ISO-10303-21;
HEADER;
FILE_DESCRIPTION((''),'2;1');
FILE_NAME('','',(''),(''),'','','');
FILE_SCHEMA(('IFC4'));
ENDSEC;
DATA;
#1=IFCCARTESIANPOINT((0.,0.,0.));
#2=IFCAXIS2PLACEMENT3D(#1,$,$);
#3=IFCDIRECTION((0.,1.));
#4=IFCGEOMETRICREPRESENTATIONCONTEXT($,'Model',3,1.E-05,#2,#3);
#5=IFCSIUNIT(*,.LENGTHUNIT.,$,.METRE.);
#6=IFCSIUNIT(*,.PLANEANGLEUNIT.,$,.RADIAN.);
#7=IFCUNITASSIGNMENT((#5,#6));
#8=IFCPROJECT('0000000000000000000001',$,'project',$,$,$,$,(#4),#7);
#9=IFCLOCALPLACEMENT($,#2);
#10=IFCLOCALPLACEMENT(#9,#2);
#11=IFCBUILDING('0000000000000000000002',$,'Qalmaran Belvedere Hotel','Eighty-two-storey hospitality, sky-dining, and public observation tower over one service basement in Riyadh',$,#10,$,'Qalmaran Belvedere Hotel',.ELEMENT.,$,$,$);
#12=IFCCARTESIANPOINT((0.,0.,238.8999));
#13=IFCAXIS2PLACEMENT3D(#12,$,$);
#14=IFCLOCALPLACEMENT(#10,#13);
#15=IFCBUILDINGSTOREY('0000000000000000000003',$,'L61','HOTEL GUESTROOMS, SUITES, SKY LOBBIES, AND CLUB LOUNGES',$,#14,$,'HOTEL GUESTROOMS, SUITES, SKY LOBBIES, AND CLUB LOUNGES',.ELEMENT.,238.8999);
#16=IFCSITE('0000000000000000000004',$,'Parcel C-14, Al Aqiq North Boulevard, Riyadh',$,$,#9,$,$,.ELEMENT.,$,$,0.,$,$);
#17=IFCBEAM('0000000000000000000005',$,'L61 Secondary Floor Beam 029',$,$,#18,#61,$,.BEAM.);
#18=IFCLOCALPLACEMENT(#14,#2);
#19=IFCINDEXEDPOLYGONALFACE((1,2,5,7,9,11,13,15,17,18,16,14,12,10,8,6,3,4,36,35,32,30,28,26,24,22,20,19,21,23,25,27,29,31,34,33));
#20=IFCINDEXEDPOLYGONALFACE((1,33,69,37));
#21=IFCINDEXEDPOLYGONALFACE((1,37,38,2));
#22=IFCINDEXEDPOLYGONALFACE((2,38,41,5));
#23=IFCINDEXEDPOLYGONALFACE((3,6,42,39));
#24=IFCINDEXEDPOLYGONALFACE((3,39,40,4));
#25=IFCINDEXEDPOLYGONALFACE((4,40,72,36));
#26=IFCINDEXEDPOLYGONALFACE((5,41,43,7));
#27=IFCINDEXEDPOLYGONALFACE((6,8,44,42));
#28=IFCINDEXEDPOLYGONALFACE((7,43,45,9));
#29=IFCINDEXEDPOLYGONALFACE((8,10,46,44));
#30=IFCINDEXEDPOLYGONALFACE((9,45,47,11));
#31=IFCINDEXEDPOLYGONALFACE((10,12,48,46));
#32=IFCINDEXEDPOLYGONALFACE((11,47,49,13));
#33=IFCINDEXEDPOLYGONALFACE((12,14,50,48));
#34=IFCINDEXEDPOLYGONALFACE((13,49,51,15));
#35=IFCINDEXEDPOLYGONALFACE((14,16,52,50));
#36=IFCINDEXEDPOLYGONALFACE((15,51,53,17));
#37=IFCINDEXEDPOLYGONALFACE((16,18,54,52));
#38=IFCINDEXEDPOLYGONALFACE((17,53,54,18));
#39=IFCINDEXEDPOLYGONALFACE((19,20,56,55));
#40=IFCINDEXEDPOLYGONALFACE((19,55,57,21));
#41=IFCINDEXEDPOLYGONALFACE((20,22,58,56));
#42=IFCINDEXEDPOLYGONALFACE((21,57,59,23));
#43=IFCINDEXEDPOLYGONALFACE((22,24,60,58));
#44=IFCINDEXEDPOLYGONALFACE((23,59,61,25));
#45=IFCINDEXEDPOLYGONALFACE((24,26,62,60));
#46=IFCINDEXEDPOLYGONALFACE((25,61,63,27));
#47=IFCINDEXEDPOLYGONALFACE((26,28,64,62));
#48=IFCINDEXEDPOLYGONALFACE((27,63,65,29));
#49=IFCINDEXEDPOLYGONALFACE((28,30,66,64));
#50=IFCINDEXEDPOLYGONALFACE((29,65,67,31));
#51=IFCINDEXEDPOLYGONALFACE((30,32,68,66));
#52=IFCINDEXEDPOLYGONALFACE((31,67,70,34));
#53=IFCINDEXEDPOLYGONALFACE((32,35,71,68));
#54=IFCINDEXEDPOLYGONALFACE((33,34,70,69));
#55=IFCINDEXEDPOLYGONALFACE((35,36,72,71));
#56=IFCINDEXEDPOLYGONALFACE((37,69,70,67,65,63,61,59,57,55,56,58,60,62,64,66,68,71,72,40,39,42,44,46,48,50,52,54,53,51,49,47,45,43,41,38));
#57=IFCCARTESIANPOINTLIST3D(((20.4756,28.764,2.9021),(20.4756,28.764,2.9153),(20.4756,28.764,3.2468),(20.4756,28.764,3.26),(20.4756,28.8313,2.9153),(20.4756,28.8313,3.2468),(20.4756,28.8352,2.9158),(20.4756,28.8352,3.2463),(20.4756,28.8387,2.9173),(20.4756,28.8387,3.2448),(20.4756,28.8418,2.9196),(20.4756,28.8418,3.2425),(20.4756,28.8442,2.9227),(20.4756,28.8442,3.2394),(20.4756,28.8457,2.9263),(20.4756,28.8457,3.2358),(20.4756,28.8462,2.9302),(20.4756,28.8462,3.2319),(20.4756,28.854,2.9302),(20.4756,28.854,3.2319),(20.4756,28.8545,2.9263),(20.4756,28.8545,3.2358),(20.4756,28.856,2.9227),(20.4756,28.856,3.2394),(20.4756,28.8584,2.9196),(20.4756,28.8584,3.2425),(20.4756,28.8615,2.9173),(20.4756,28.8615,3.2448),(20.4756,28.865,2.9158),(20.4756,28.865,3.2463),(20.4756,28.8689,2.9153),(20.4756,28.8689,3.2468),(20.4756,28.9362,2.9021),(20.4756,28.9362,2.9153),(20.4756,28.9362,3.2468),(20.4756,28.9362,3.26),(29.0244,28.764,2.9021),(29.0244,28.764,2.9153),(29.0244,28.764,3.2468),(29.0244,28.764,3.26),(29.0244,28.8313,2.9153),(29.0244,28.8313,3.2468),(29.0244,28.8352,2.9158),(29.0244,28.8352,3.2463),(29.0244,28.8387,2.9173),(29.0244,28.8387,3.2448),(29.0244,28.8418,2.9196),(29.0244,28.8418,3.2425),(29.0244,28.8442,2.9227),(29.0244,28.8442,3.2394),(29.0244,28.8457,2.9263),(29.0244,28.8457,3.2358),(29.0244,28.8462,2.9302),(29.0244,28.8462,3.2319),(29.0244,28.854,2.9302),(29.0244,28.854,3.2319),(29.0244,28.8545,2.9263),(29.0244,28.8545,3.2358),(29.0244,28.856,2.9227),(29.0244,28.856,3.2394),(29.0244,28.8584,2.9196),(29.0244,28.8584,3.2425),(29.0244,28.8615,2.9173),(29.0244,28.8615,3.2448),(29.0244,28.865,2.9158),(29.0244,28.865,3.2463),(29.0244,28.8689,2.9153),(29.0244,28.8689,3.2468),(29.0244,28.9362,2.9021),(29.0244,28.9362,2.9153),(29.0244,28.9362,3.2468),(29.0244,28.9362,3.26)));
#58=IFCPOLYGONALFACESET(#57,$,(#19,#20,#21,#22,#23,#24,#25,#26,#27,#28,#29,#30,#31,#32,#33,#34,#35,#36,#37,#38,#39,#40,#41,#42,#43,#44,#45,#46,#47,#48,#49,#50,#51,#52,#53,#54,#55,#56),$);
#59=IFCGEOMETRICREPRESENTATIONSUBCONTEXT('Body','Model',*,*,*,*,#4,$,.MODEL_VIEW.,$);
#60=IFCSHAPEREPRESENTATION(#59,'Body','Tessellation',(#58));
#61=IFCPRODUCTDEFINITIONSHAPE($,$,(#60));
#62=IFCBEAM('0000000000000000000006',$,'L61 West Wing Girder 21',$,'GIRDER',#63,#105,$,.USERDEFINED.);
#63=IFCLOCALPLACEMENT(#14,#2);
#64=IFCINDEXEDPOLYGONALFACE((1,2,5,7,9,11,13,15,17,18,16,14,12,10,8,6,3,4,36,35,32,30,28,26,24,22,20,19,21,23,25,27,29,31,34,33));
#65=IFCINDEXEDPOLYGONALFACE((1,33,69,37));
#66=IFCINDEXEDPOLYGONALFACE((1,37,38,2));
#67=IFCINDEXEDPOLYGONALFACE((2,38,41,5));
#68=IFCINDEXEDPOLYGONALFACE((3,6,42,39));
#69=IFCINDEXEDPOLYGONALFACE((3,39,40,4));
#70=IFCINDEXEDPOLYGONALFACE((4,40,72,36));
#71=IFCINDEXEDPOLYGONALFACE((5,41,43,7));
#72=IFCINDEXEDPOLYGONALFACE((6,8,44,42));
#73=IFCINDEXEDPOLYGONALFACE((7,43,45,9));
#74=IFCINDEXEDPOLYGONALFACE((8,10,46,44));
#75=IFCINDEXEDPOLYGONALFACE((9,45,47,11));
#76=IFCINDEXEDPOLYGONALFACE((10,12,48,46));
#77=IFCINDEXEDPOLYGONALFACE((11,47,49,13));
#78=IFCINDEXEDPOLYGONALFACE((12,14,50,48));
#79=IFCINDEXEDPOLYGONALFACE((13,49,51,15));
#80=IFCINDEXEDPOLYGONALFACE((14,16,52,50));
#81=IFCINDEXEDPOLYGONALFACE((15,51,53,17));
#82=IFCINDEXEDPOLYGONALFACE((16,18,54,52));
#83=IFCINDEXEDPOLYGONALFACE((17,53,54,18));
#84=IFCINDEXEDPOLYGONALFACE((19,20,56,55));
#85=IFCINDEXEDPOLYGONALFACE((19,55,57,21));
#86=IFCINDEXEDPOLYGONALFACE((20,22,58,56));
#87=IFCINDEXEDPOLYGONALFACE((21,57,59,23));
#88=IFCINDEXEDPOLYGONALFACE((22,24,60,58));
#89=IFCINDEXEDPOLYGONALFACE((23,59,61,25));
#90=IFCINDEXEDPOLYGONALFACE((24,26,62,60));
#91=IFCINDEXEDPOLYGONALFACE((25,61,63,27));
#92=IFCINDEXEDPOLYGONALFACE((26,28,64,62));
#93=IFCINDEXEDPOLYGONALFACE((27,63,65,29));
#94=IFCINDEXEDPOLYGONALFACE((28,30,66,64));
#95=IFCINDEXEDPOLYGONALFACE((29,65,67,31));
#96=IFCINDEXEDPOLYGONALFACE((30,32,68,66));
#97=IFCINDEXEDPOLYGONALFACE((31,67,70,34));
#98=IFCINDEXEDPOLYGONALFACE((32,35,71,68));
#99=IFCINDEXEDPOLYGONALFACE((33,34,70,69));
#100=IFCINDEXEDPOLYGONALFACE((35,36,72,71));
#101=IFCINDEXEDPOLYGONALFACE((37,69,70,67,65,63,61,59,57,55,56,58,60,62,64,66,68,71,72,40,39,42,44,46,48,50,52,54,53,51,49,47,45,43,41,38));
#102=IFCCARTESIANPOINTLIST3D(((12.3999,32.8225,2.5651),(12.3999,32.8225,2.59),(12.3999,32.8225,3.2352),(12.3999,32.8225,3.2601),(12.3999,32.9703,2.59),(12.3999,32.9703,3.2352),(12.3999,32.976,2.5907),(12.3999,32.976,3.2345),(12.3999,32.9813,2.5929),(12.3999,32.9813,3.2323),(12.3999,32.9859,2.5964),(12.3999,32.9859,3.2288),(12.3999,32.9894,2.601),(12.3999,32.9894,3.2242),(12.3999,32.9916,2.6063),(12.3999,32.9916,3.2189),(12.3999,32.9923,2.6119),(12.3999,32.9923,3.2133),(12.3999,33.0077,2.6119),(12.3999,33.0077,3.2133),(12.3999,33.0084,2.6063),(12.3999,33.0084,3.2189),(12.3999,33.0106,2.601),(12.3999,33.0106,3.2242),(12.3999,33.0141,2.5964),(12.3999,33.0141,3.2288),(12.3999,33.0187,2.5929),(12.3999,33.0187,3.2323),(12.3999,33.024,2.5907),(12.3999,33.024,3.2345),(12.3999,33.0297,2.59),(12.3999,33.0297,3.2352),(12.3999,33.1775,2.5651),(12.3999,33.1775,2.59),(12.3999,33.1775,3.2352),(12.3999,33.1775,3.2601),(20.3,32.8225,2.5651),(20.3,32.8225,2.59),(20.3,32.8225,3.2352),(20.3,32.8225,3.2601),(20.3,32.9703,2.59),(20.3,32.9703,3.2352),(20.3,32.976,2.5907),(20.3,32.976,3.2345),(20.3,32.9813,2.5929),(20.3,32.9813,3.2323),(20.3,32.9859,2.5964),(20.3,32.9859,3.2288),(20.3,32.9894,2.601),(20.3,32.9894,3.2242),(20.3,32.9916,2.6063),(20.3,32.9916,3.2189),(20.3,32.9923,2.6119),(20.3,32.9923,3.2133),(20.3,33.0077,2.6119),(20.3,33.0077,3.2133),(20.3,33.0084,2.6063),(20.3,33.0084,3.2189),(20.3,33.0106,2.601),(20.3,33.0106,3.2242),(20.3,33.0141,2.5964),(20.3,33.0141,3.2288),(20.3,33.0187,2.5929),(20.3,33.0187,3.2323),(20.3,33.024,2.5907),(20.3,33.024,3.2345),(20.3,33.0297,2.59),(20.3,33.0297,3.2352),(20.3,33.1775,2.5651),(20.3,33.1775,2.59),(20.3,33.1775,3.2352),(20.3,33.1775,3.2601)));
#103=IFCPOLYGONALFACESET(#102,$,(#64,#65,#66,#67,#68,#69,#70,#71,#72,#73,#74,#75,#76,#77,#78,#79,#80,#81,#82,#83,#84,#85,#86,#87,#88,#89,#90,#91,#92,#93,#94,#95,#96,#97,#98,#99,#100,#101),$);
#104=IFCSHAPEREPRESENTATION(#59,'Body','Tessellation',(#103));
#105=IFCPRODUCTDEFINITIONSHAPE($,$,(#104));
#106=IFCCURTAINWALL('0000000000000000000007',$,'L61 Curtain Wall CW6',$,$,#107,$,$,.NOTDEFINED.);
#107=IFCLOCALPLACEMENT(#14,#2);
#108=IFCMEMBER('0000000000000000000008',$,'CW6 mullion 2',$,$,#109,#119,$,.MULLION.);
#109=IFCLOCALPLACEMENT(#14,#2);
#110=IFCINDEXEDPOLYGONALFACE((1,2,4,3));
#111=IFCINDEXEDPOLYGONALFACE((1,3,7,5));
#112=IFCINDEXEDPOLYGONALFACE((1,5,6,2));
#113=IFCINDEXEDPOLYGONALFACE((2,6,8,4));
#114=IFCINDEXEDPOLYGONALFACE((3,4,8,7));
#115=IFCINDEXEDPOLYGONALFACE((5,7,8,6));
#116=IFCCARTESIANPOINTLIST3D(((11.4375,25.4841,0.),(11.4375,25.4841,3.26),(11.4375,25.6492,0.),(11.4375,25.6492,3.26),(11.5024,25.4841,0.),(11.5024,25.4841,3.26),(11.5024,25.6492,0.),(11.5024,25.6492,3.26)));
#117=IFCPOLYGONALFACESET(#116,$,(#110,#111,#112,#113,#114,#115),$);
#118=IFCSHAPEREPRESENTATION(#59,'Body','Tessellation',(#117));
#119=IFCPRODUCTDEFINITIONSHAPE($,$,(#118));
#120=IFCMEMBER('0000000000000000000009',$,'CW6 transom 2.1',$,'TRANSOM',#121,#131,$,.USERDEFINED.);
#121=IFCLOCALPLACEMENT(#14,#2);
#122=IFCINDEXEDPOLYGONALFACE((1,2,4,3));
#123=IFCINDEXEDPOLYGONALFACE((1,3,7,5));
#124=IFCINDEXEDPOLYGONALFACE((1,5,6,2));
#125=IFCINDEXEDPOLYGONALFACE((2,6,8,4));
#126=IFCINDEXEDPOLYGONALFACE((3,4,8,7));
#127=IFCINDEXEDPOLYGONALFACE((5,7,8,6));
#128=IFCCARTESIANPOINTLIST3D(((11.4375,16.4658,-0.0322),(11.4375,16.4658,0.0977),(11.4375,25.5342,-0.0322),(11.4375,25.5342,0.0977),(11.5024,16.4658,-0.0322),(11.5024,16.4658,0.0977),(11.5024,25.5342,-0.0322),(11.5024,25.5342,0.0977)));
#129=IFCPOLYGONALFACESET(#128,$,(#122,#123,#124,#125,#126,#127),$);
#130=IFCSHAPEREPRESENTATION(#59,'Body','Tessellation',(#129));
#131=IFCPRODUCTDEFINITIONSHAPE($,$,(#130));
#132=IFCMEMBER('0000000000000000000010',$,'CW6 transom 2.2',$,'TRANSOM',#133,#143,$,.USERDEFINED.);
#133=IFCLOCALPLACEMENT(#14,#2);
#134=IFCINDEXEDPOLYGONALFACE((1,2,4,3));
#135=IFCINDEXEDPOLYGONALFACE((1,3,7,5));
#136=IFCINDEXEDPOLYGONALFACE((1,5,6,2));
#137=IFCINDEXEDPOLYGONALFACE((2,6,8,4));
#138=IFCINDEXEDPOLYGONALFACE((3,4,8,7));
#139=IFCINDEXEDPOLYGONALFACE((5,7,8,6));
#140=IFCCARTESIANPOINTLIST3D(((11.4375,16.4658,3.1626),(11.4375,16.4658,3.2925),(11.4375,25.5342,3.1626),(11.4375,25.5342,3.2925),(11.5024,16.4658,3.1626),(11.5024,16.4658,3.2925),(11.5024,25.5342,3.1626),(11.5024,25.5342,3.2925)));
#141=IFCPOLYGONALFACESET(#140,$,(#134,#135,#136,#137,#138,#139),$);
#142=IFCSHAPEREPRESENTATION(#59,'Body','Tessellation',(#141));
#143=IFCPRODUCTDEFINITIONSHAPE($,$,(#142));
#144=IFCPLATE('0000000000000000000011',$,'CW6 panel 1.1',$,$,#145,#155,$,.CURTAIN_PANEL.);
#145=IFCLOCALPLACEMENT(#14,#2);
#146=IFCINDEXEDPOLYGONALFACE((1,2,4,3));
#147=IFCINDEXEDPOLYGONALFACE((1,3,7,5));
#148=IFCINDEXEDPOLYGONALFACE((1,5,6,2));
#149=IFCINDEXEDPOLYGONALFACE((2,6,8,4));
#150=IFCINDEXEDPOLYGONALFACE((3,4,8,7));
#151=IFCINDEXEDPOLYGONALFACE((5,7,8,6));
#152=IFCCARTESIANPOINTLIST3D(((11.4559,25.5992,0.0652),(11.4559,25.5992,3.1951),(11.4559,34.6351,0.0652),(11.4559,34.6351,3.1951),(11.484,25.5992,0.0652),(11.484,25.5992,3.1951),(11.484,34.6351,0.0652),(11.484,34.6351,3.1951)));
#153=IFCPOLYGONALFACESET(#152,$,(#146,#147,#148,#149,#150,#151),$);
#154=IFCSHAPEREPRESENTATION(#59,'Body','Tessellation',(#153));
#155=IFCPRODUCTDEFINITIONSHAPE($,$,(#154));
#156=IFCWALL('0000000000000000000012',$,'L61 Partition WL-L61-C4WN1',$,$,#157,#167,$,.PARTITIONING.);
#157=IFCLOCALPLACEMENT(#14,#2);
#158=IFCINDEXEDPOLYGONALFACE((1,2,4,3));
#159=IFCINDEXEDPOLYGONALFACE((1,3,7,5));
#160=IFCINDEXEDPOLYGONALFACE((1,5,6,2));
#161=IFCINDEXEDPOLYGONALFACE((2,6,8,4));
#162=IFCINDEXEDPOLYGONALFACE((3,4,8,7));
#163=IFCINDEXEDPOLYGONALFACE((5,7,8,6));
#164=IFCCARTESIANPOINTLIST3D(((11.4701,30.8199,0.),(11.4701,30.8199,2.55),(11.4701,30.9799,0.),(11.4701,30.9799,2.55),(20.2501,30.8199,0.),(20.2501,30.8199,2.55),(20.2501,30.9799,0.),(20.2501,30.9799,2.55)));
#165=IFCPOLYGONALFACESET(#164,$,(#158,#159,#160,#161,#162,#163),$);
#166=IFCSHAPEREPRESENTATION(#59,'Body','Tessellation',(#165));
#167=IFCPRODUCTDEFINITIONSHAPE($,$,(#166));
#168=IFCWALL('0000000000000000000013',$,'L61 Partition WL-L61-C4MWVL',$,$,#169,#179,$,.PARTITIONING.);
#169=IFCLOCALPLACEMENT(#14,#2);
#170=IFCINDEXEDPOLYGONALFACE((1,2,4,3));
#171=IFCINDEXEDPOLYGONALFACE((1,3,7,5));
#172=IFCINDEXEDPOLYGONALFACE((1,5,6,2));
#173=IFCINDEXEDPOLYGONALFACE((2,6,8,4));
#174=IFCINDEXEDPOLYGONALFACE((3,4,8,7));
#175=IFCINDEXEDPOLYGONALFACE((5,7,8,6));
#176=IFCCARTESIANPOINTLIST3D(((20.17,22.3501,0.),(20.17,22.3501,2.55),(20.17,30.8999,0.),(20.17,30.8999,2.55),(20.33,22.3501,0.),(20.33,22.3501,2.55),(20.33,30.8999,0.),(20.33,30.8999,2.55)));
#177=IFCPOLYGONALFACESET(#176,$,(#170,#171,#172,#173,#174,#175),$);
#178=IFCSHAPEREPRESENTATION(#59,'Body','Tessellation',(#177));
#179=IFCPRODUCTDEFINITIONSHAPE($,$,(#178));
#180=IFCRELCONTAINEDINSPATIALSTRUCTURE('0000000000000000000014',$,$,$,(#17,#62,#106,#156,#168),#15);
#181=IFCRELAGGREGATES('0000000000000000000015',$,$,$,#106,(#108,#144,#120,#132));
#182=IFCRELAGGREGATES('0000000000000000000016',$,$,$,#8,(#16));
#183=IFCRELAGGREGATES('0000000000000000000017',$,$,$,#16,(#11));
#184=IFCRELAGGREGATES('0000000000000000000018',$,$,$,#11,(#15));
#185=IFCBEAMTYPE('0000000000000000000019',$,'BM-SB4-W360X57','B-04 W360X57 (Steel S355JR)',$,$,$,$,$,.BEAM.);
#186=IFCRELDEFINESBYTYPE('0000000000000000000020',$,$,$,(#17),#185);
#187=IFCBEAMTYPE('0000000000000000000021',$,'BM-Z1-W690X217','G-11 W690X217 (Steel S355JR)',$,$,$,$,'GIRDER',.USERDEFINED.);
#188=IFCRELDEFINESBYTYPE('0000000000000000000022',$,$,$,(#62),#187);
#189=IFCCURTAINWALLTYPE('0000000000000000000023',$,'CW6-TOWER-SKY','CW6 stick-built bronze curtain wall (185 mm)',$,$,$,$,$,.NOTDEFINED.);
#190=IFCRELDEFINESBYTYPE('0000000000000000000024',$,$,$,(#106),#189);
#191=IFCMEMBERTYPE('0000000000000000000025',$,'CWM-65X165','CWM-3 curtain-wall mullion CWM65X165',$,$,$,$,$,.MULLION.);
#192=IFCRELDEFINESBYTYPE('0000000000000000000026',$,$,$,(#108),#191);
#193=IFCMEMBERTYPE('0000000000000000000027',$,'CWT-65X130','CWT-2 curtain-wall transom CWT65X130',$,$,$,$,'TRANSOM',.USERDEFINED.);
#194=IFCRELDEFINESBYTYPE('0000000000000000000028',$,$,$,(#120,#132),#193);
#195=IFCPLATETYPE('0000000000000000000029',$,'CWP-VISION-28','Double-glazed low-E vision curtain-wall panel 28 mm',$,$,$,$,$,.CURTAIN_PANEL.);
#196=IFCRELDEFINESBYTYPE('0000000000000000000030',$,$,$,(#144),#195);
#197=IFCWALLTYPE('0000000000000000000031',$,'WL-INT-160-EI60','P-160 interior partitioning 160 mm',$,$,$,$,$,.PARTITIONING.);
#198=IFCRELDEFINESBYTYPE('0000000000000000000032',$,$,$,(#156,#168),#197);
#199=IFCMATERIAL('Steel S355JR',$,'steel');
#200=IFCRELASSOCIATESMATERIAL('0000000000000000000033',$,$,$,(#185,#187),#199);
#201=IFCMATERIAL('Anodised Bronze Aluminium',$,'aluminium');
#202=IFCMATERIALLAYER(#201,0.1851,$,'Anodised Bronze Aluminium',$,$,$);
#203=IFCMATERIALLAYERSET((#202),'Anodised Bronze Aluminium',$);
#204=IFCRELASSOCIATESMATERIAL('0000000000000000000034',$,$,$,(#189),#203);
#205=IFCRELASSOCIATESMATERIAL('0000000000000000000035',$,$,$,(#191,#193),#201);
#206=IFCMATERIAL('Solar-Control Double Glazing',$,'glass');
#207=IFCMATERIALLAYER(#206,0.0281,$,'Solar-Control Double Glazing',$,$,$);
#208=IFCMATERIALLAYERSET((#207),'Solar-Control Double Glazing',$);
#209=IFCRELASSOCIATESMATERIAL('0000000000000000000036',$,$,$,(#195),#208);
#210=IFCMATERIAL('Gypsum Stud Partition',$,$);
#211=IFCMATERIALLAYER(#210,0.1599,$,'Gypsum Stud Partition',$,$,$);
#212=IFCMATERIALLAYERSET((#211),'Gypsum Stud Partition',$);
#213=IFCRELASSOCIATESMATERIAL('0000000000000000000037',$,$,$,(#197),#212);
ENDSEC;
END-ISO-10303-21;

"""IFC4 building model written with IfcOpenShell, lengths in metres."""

from ifc_helpers import new_model, si_unit, direction, frame, frame_2d, origin, origin_2d, place, context, subcontext, project, spatial, rectangle, i_section, extrude, material, layer, layer_set, material_profile, profile_set, type_object, element, aggregate, save


model = new_model("IFC4")

# Units and contexts
model_context = context("Model", 3, precision=1e-05, world=origin(), true_north=direction((0.0, 1.0)))
body_context = subcontext(model_context, "Body", "Model", "MODEL_VIEW")
ifc_project = project(units=[si_unit("LENGTHUNIT", "METRE"), si_unit("PLANEANGLEUNIT", "RADIAN")], contexts=[model_context])

# Site, building, storey
site_placement = place(None, origin())
site = spatial("IfcSite", under=ifc_project, at=site_placement, Name="Parcel C-14, Al Aqiq North Boulevard, Riyadh", CompositionType="ELEMENT", RefElevation=0.0)
building_placement = place(site_placement, origin())
building = spatial("IfcBuilding", under=site, at=building_placement, Name="Qalmaran Belvedere Hotel", Description="Eighty-two-storey hospitality, sky-dining, and public observation tower over one service basement in Riyadh", LongName="Qalmaran Belvedere Hotel", CompositionType="ELEMENT")
storey_placement = place(building_placement, frame((0.0, 0.0, 238.8999)))
storey = spatial("IfcBuildingStorey", under=building, at=storey_placement, Name="L61", Description="HOTEL GUESTROOMS, SUITES, SKY LOBBIES, AND CLUB LOUNGES", LongName="HOTEL GUESTROOMS, SUITES, SKY LOBBIES, AND CLUB LOUNGES", CompositionType="ELEMENT", Elevation=238.8999)

# Beams
ifc_material_1 = material(Name="Steel S355JR", Category="steel")
ifc_material_profile_1 = material_profile(ifc_material_1, i_section(OverallWidth=0.1721, OverallDepth=0.3579, WebThickness=0.0078, FlangeThickness=0.0132, FilletRadius=0.0149, at=origin_2d()), Name="W360X57")
ifc_profile_set_1 = profile_set([ifc_material_profile_1], Name="Steel S355JR")
beam_type_1 = type_object("IfcBeamType", Name="BM-SB4-W360X57", Description="B-04 W360X57 (Steel S355JR)", PredefinedType="BEAM", material=ifc_profile_set_1)
beam_1_placement = place(storey_placement, frame((20.4756, 28.8501, 3.0811), z_axis=(1.0, 0.0, 0.0), x_axis=(0.0, 1.0, 0.0)))
element("IfcBeam", 1, at=beam_1_placement, inside=storey, type_object=beam_type_1, Name="L61 Secondary Floor Beam 029", PredefinedType="BEAM", context=body_context, shape_type="SweptSolid", body=[
    extrude(i_section(OverallWidth=0.1721, OverallDepth=0.3579, WebThickness=0.0078, FlangeThickness=0.0132, FilletRadius=0.0149, at=origin_2d()), origin(), (0.0, 0.0, 1.0), 8.5488),
])
ifc_material_profile_2 = material_profile(ifc_material_1, i_section(OverallWidth=0.355, OverallDepth=0.6951, WebThickness=0.0154, FlangeThickness=0.0249, FilletRadius=0.022, at=origin_2d()), Name="W690X217")
ifc_profile_set_2 = profile_set([ifc_material_profile_2], Name="Steel S355JR")
beam_type_2 = type_object("IfcBeamType", Name="BM-Z1-W690X217", Description="G-11 W690X217 (Steel S355JR)", ElementType="GIRDER", PredefinedType="USERDEFINED", material=ifc_profile_set_2)
beam_2_placement = place(storey_placement, frame((12.3999, 33.0, 2.9126), z_axis=(1.0, 0.0, 0.0), x_axis=(0.0, 1.0, 0.0)))
element("IfcBeam", 2, at=beam_2_placement, inside=storey, type_object=beam_type_2, Name="L61 West Wing Girder 21", ObjectType="GIRDER", PredefinedType="USERDEFINED", context=body_context, shape_type="SweptSolid", body=[
    extrude(i_section(OverallWidth=0.355, OverallDepth=0.6951, WebThickness=0.0154, FlangeThickness=0.0249, FilletRadius=0.022, at=origin_2d()), origin(), (0.0, 0.0, 1.0), 7.9001),
])

# Curtain wall, members, plate
ifc_material_2 = material(Name="Anodised Bronze Aluminium", Category="aluminium")
ifc_layer_1 = layer(ifc_material_2, 0.1851, Name="Anodised Bronze Aluminium")
ifc_layer_set_1 = layer_set([ifc_layer_1], Name="Anodised Bronze Aluminium")
curtain_wall_type = type_object("IfcCurtainWallType", Name="CW6-TOWER-SKY", Description="CW6 stick-built bronze curtain wall (185 mm)", PredefinedType="NOTDEFINED", material=ifc_layer_set_1)
curtain_wall_placement = place(storey_placement, origin())
curtain_wall = element("IfcCurtainWall", 3, at=curtain_wall_placement, inside=storey, type_object=curtain_wall_type, Name="L61 Curtain Wall CW6", PredefinedType="NOTDEFINED")
ifc_material_profile_3 = material_profile(ifc_material_2, rectangle(XDim=0.0649, YDim=0.165, at=origin_2d()), Name="CWM65X165")
ifc_profile_set_3 = profile_set([ifc_material_profile_3], Name="Anodised Bronze Aluminium")
member_type_1 = type_object("IfcMemberType", Name="CWM-65X165", Description="CWM-3 curtain-wall mullion CWM65X165", PredefinedType="MULLION", material=ifc_profile_set_3)
member_1_placement = place(storey_placement, frame((11.47, 25.5667, 0.0), z_axis=(0.0, 0.0, 1.0), x_axis=(1.0, 0.0, 0.0)))
member_1 = element("IfcMember", 4, at=member_1_placement, type_object=member_type_1, Name="CW6 mullion 2", PredefinedType="MULLION", context=body_context, shape_type="SweptSolid", body=[
    extrude(rectangle(XDim=0.0649, YDim=0.165, at=origin_2d()), origin(), (0.0, 0.0, 1.0), 3.26),
])
ifc_material_profile_4 = material_profile(ifc_material_2, rectangle(XDim=0.0649, YDim=0.1299, at=origin_2d()), Name="CWT65X130")
ifc_profile_set_4 = profile_set([ifc_material_profile_4], Name="Anodised Bronze Aluminium")
member_type_2 = type_object("IfcMemberType", Name="CWT-65X130", Description="CWT-2 curtain-wall transom CWT65X130", ElementType="TRANSOM", PredefinedType="USERDEFINED", material=ifc_profile_set_4)
member_2_placement = place(storey_placement, frame((11.47, 25.5342, 0.0327), z_axis=(0.0, -1.0, 0.0), x_axis=(1.0, 0.0, 0.0)))
member_2 = element("IfcMember", 5, at=member_2_placement, type_object=member_type_2, Name="CW6 transom 2.1", ObjectType="TRANSOM", PredefinedType="USERDEFINED", context=body_context, shape_type="SweptSolid", body=[
    extrude(rectangle(XDim=0.0649, YDim=0.1299, at=origin_2d()), origin(), (0.0, 0.0, 1.0), 9.0684),
])
member_3_placement = place(storey_placement, frame((11.47, 25.5342, 3.2275), z_axis=(0.0, -1.0, 0.0), x_axis=(1.0, 0.0, 0.0)))
member_3 = element("IfcMember", 6, at=member_3_placement, type_object=member_type_2, Name="CW6 transom 2.2", ObjectType="TRANSOM", PredefinedType="USERDEFINED", context=body_context, shape_type="SweptSolid", body=[
    extrude(rectangle(XDim=0.0649, YDim=0.1299, at=origin_2d()), origin(), (0.0, 0.0, 1.0), 9.0684),
])
ifc_material_3 = material(Name="Solar-Control Double Glazing", Category="glass")
ifc_layer_2 = layer(ifc_material_3, 0.0281, Name="Solar-Control Double Glazing")
ifc_layer_set_2 = layer_set([ifc_layer_2], Name="Solar-Control Double Glazing")
plate_type = type_object("IfcPlateType", Name="CWP-VISION-28", Description="Double-glazed low-E vision curtain-wall panel 28 mm", PredefinedType="CURTAIN_PANEL", material=ifc_layer_set_2)
plate_placement = place(storey_placement, frame((11.47, 30.1172, 0.0652), z_axis=(0.0, 0.0, 1.0), x_axis=(0.0, -1.0, 0.0)))
plate = element("IfcPlate", 7, at=plate_placement, type_object=plate_type, Name="CW6 panel 1.1", PredefinedType="CURTAIN_PANEL", context=body_context, shape_type="SweptSolid", body=[
    extrude(rectangle(XDim=9.0359, YDim=0.0281, at=origin_2d()), origin(), (0.0, 0.0, 1.0), 3.1299),
])
aggregate(curtain_wall, [member_1, plate, member_2, member_3])

# Shared definitions
ifc_material_4 = material(Name="Gypsum Stud Partition")

# Walls
ifc_layer_3 = layer(ifc_material_4, 0.1599, Name="Gypsum Stud Partition")
ifc_layer_set_3 = layer_set([ifc_layer_3], Name="Gypsum Stud Partition")
wall_type_1 = type_object("IfcWallType", Name="WL-INT-160-EI60", Description="P-160 interior partitioning 160 mm", PredefinedType="PARTITIONING", material=ifc_layer_set_3)
wall_1_placement = place(storey_placement, frame((11.47, 30.8999, 0.0), z_axis=(0.0, 0.0, 1.0), x_axis=(1.0, 0.0, 0.0)))
element("IfcWall", 8, at=wall_1_placement, inside=storey, type_object=wall_type_1, Name="L61 Partition WL-L61-C4WN1", PredefinedType="PARTITIONING", context=body_context, shape_type="SweptSolid", body=[
    extrude(rectangle(XDim=8.78, YDim=0.1599, at=frame_2d((4.3901, 0.0))), origin(), (0.0, 0.0, 1.0), 2.55),
])
wall_2_placement = place(storey_placement, frame((20.25, 22.3501, 0.0), z_axis=(0.0, 0.0, 1.0), x_axis=(0.0, 1.0, 0.0)))
element("IfcWall", 9, at=wall_2_placement, inside=storey, type_object=wall_type_1, Name="L61 Partition WL-L61-C4MWVL", PredefinedType="PARTITIONING", context=body_context, shape_type="SweptSolid", body=[
    extrude(rectangle(XDim=8.5498, YDim=0.1599, at=frame_2d((4.2749, 0.0))), origin(), (0.0, 0.0, 1.0), 2.55),
])

save(model, "model.ifc")
